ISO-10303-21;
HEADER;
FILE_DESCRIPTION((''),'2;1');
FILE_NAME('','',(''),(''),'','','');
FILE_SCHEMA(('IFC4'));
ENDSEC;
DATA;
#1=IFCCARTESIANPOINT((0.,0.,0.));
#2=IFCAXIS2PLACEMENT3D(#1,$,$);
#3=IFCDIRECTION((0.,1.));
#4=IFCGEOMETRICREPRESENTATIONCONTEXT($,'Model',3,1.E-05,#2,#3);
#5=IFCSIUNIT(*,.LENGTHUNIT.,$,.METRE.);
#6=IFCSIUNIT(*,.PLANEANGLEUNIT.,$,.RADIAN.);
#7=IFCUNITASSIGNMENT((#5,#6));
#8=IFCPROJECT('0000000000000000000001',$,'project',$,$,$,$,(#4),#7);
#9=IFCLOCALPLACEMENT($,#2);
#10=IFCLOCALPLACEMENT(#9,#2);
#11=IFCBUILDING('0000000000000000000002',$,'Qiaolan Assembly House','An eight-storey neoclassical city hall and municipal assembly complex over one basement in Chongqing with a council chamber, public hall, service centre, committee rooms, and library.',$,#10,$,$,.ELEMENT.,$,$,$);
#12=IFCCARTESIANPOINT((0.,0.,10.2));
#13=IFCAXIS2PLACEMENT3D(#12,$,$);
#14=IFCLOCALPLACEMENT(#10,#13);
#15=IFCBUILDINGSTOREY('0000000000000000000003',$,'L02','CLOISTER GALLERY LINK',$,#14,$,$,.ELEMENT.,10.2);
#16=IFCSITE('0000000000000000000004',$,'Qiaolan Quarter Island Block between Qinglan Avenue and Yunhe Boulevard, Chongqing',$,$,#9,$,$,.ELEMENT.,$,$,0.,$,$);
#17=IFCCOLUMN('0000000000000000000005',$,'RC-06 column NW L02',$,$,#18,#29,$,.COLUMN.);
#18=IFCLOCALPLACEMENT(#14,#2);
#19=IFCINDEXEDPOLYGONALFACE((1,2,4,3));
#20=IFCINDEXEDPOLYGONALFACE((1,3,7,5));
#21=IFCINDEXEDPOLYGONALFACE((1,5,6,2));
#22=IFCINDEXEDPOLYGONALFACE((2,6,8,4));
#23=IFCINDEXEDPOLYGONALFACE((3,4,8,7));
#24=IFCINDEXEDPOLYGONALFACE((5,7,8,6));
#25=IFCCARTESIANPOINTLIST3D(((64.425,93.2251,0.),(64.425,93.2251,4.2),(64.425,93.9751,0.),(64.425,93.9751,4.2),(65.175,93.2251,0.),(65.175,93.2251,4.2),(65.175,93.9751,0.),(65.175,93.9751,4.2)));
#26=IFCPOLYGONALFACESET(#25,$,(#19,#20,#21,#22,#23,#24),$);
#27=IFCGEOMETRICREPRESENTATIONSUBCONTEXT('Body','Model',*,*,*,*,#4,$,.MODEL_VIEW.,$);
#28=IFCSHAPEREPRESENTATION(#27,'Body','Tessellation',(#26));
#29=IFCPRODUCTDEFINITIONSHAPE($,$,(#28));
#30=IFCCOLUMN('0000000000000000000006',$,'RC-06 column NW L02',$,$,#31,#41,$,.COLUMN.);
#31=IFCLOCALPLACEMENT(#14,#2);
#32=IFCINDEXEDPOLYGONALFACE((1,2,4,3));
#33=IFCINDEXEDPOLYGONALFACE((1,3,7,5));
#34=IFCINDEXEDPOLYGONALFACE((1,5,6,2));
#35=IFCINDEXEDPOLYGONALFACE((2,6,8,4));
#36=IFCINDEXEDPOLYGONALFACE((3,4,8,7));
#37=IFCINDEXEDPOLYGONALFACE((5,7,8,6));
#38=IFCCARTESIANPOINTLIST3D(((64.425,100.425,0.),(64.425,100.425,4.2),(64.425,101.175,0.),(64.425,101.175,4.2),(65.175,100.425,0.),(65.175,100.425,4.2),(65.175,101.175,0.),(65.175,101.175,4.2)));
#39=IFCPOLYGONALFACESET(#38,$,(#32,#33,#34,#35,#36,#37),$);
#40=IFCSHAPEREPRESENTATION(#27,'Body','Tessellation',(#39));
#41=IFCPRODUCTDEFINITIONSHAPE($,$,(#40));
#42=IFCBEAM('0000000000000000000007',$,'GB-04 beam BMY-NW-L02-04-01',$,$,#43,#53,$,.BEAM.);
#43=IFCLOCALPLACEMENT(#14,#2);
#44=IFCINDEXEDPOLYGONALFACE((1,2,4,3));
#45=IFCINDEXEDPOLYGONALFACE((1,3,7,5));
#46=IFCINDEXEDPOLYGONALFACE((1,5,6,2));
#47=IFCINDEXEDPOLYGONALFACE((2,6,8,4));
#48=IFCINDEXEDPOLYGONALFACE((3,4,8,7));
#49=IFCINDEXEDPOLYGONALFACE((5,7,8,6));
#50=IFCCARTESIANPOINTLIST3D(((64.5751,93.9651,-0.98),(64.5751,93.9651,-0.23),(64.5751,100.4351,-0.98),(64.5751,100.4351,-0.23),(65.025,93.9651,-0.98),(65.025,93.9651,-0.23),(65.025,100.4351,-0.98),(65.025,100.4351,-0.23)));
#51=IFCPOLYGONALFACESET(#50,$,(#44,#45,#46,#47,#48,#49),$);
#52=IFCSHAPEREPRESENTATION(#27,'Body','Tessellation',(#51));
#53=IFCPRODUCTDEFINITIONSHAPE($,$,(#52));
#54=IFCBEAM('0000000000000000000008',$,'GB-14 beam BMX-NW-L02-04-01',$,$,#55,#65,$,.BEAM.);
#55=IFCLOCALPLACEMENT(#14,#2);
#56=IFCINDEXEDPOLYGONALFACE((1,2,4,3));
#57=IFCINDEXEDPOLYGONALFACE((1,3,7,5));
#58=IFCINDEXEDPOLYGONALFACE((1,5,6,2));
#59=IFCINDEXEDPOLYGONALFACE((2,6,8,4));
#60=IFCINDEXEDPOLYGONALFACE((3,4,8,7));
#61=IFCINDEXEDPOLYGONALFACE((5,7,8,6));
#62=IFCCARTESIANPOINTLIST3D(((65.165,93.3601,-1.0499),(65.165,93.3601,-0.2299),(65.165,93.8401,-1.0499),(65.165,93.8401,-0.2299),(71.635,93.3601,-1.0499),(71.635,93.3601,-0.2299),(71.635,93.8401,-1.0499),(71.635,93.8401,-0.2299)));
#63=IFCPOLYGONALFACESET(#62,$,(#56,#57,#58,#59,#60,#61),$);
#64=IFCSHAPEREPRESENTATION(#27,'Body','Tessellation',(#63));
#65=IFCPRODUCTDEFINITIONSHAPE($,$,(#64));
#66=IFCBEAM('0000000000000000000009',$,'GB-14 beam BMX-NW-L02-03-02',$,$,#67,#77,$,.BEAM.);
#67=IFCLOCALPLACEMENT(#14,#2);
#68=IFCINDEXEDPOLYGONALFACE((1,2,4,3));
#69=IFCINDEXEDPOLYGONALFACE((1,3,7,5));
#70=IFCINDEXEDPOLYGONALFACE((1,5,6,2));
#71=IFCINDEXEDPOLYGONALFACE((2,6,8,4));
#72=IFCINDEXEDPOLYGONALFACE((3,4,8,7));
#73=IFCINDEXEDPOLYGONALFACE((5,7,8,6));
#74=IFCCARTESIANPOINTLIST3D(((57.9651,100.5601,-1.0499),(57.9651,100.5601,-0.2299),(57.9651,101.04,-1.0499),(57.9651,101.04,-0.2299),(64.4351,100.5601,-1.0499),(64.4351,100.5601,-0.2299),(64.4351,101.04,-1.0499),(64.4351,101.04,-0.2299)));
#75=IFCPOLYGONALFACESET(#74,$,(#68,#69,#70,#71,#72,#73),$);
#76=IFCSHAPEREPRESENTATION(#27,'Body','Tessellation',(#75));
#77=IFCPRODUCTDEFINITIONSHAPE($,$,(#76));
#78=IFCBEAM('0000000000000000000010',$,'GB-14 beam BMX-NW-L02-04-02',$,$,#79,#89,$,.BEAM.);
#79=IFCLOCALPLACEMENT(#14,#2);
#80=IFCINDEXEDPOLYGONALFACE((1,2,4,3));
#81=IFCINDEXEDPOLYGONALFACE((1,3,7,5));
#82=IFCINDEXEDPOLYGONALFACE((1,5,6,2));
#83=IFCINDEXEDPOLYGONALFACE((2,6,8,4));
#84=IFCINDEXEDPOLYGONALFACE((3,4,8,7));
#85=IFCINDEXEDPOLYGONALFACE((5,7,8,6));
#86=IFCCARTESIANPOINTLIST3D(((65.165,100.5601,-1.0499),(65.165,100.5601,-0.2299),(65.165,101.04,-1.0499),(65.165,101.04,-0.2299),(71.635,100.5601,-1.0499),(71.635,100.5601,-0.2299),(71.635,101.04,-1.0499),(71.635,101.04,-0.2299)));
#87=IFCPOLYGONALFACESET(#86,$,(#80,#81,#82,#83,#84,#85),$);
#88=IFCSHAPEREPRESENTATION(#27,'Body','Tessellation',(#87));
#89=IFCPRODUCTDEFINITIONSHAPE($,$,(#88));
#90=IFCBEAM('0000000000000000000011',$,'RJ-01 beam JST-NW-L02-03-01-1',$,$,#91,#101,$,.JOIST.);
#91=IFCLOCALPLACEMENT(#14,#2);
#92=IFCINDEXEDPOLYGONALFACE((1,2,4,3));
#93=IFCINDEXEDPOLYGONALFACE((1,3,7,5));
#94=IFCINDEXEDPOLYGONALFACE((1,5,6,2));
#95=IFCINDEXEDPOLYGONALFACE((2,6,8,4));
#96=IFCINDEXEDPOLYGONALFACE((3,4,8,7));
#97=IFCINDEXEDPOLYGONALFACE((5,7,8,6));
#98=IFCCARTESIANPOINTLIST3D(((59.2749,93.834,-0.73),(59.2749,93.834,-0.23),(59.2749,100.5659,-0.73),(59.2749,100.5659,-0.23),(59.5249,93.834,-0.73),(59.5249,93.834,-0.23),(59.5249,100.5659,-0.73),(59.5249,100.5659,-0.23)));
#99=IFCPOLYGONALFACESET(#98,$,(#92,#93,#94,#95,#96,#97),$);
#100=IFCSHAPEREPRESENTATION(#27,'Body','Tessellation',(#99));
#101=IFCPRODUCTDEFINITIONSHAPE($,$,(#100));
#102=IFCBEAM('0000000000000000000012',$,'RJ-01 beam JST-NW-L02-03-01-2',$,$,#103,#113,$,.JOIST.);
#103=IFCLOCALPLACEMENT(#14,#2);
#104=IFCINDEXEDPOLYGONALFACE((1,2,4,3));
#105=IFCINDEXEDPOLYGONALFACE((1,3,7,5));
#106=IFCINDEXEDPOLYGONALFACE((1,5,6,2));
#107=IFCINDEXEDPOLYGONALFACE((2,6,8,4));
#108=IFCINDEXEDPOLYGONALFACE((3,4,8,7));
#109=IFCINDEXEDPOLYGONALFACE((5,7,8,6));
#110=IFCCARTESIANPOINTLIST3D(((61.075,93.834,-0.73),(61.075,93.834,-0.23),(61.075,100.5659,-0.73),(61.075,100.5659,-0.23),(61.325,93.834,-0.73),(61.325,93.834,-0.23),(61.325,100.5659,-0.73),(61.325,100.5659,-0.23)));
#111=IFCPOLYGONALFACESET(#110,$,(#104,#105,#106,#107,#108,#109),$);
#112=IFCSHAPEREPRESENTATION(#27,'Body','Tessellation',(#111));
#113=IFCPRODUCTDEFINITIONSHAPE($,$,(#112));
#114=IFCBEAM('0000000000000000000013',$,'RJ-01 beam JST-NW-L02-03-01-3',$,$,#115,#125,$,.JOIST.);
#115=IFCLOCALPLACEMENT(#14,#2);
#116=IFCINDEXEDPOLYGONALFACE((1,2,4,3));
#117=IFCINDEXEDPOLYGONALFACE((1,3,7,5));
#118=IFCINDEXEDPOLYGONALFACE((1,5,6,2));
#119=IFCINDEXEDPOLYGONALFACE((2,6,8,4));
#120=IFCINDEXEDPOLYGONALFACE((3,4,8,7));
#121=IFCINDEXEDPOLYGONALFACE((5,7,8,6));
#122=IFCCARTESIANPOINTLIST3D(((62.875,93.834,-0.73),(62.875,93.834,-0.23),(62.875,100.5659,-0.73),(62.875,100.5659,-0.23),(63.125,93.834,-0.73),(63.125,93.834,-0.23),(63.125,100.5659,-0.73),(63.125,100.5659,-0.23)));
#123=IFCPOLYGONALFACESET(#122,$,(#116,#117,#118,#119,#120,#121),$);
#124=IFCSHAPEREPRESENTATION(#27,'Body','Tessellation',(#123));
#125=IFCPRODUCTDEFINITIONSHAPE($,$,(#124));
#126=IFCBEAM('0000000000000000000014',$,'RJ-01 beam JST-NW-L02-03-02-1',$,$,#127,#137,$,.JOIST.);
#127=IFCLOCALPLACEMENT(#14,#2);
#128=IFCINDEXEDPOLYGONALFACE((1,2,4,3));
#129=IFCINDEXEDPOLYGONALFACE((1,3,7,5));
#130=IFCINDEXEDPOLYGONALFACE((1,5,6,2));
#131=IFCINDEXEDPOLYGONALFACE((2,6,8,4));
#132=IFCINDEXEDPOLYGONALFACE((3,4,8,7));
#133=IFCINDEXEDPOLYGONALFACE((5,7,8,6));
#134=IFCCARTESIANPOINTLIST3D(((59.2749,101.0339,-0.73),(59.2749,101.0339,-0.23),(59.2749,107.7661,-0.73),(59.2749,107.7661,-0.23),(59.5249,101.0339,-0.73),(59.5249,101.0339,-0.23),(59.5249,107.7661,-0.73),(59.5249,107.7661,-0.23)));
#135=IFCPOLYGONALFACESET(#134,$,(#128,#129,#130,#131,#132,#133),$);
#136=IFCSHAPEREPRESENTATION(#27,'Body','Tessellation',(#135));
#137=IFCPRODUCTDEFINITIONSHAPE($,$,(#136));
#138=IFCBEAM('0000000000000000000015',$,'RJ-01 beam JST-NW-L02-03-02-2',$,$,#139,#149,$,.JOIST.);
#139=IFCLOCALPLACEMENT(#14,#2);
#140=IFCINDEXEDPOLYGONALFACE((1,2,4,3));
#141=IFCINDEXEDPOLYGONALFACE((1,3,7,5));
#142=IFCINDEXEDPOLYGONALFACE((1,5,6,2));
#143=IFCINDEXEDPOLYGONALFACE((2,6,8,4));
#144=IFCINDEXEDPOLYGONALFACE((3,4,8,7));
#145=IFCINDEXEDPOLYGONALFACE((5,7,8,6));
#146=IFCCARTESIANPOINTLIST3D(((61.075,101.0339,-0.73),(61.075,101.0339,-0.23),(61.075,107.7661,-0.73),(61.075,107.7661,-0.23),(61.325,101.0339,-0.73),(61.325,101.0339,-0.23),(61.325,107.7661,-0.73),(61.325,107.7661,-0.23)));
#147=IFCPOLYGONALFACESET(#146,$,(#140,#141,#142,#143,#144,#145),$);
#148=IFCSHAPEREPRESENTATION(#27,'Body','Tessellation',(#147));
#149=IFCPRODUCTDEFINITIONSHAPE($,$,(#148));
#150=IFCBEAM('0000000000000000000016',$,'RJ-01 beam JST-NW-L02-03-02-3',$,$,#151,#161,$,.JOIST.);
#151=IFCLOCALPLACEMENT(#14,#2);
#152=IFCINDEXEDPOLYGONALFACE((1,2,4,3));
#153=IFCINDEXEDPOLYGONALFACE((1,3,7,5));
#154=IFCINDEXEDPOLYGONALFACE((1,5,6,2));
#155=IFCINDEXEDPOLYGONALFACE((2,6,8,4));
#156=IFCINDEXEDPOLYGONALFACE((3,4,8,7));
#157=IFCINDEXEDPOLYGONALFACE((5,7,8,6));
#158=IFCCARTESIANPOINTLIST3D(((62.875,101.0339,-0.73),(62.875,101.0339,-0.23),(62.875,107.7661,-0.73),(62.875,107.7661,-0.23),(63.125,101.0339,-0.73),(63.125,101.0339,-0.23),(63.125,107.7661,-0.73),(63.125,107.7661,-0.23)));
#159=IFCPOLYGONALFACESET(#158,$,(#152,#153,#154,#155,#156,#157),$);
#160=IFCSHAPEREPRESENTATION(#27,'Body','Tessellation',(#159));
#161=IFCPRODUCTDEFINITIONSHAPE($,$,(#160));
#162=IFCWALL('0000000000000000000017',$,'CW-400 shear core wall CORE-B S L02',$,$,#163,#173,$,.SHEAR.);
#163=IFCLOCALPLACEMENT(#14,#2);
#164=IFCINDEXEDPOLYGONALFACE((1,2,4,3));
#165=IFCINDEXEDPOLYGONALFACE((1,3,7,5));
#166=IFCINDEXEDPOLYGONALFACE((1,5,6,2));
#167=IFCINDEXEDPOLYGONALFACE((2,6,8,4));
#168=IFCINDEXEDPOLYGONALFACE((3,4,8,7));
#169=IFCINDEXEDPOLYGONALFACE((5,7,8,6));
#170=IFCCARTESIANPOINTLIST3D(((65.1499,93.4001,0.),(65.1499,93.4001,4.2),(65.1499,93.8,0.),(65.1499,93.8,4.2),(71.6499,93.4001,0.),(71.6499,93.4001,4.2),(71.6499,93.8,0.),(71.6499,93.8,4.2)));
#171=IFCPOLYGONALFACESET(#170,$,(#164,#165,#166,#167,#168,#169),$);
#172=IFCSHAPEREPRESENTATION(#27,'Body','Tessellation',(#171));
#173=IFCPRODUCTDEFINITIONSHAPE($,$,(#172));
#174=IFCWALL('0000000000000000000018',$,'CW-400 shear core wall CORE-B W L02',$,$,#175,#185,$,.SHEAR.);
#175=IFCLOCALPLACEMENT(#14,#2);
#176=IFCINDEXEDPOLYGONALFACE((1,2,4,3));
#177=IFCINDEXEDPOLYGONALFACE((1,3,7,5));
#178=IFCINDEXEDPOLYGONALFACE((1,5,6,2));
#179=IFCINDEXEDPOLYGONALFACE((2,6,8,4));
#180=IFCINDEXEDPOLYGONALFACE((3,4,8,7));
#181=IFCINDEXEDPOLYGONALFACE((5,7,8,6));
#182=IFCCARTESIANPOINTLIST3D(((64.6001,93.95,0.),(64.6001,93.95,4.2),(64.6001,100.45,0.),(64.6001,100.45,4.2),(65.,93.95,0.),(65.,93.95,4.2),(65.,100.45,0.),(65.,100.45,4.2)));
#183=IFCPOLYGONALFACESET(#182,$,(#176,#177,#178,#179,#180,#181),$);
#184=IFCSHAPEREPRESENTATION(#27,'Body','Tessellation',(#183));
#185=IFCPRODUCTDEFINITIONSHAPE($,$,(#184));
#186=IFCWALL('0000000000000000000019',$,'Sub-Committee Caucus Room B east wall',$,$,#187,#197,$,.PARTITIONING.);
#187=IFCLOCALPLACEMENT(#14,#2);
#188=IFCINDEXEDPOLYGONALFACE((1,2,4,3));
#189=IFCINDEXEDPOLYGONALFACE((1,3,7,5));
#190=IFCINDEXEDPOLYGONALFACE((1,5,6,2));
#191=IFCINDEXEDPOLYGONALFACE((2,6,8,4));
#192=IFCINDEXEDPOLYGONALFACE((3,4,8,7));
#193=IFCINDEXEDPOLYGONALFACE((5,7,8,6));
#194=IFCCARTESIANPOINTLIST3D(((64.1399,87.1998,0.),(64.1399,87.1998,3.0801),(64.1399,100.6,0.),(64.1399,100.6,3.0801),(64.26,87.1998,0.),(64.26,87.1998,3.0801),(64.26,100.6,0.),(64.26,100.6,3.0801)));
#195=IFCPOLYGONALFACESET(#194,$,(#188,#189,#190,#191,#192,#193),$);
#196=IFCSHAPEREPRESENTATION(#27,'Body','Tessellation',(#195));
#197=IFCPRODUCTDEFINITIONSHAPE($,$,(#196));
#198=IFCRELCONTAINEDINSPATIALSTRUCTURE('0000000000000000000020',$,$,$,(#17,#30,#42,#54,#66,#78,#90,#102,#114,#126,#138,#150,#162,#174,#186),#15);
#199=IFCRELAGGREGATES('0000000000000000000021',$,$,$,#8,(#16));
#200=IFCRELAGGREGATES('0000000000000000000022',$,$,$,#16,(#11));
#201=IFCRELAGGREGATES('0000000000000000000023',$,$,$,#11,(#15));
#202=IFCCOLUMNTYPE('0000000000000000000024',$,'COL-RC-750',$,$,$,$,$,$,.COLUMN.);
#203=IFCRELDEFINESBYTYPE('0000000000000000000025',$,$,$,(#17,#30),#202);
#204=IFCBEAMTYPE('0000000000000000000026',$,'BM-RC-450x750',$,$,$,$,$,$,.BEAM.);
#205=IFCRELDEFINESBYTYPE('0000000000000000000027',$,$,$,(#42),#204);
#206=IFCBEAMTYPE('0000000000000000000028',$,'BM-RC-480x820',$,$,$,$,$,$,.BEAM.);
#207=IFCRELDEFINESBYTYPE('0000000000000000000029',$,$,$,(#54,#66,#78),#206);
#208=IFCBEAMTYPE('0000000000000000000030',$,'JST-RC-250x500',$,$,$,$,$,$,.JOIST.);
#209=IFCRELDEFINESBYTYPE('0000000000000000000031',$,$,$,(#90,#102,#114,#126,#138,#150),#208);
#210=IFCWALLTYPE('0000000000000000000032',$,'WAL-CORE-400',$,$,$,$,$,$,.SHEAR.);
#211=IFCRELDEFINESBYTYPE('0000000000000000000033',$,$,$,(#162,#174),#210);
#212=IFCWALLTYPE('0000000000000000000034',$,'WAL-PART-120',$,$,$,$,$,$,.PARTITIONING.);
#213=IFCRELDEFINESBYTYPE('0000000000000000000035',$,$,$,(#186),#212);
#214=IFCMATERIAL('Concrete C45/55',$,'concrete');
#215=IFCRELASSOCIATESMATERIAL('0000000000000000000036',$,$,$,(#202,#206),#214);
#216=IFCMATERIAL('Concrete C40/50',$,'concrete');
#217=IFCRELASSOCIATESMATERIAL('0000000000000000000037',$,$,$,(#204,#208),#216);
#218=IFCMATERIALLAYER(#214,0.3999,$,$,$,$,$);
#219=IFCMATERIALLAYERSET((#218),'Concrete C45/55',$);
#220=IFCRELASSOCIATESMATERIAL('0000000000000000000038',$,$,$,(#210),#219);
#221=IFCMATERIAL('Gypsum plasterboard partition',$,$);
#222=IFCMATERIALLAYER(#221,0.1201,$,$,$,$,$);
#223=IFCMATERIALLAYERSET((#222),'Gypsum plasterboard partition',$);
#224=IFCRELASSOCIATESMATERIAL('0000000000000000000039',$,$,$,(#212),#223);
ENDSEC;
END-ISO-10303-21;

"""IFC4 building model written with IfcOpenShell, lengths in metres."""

from ifc_helpers import new_model, si_unit, direction, frame, frame_2d, origin, origin_2d, place, context, subcontext, project, spatial, rectangle, extrude, material, layer, layer_set, material_profile, profile_set, type_object, element, save


model = new_model("IFC4")

# Units and contexts
model_context = context("Model", 3, precision=1e-05, world=origin(), true_north=direction((0.0, 1.0)))
body_context = subcontext(model_context, "Body", "Model", "MODEL_VIEW")
ifc_project = project(units=[si_unit("LENGTHUNIT", "METRE"), si_unit("PLANEANGLEUNIT", "RADIAN")], contexts=[model_context])

# Site, building, storey
site_placement = place(None, origin())
site = spatial("IfcSite", under=ifc_project, at=site_placement, Name="Qiaolan Quarter Island Block between Qinglan Avenue and Yunhe Boulevard, Chongqing", CompositionType="ELEMENT", RefElevation=0.0)
building_placement = place(site_placement, origin())
building = spatial("IfcBuilding", under=site, at=building_placement, Name="Qiaolan Assembly House", Description="An eight-storey neoclassical city hall and municipal assembly complex over one basement in Chongqing with a council chamber, public hall, service centre, committee rooms, and library.", CompositionType="ELEMENT")
storey_placement = place(building_placement, frame((0.0, 0.0, 10.2)))
storey = spatial("IfcBuildingStorey", under=building, at=storey_placement, Name="L02", Description="CLOISTER GALLERY LINK", CompositionType="ELEMENT", Elevation=10.2)

# Columns
ifc_material_1 = material(Name="Concrete C45/55", Category="concrete")
ifc_material_profile_1 = material_profile(ifc_material_1, rectangle(XDim=0.75, YDim=0.75, at=origin_2d()), Name="RC 750x750")
ifc_profile_set_1 = profile_set([ifc_material_profile_1], Name="Concrete C45/55")
column_type = type_object("IfcColumnType", Name="COL-RC-750", PredefinedType="COLUMN", material=ifc_profile_set_1)
for number, where, z_axis, x_axis, name in (
    (1, (64.8, 93.6001, 0.0), (0.0, 0.0, 1.0), (1.0, 0.0, 0.0), "RC-06 column NW L02"),
    (2, (64.8, 100.8, 0.0), (0.0, 0.0, 1.0), (1.0, 0.0, 0.0), "RC-06 column NW L02"),
):
    element("IfcColumn", number, at=place(storey_placement, frame(where, z_axis=z_axis, x_axis=x_axis)), inside=storey, type_object=column_type, Name=name, PredefinedType="COLUMN", context=body_context, shape_type="SweptSolid", body=[
        extrude(rectangle(XDim=0.75, YDim=0.75, at=origin_2d()), origin(), (0.0, 0.0, 1.0), 4.2),
    ])

# Beams
ifc_material_2 = material(Name="Concrete C40/50", Category="concrete")
ifc_material_profile_2 = material_profile(ifc_material_2, rectangle(XDim=0.45, YDim=0.75, at=origin_2d()), Name="RCB 450x750")
ifc_profile_set_2 = profile_set([ifc_material_profile_2], Name="Concrete C40/50")
beam_type_1 = type_object("IfcBeamType", Name="BM-RC-450x750", PredefinedType="BEAM", material=ifc_profile_set_2)
beam_placement = place(storey_placement, frame((64.8, 93.9651, -0.605), z_axis=(0.0, 1.0, 0.0), x_axis=(-1.0, 0.0, 0.0)))
element("IfcBeam", 3, at=beam_placement, inside=storey, type_object=beam_type_1, Name="GB-04 beam BMY-NW-L02-04-01", PredefinedType="BEAM", context=body_context, shape_type="SweptSolid", body=[
    extrude(rectangle(XDim=0.45, YDim=0.75, at=origin_2d()), origin(), (0.0, 0.0, 1.0), 6.47),
])
ifc_material_profile_3 = material_profile(ifc_material_1, rectangle(XDim=0.48, YDim=0.8201, at=origin_2d()), Name="RCB 480x820")
ifc_profile_set_3 = profile_set([ifc_material_profile_3], Name="Concrete C45/55")
beam_type_2 = type_object("IfcBeamType", Name="BM-RC-480x820", PredefinedType="BEAM", material=ifc_profile_set_3)
for number, where, z_axis, x_axis, name in (
    (4, (65.165, 93.6001, -0.6399), (1.0, 0.0, 0.0), (0.0, 1.0, 0.0), "GB-14 beam BMX-NW-L02-04-01"),
    (5, (57.9651, 100.8, -0.6399), (1.0, 0.0, 0.0), (0.0, 1.0, 0.0), "GB-14 beam BMX-NW-L02-03-02"),
    (6, (65.165, 100.8, -0.6399), (1.0, 0.0, 0.0), (0.0, 1.0, 0.0), "GB-14 beam BMX-NW-L02-04-02"),
):
    element("IfcBeam", number, at=place(storey_placement, frame(where, z_axis=z_axis, x_axis=x_axis)), inside=storey, type_object=beam_type_2, Name=name, PredefinedType="BEAM", context=body_context, shape_type="SweptSolid", body=[
        extrude(rectangle(XDim=0.48, YDim=0.8201, at=origin_2d()), origin(), (0.0, 0.0, 1.0), 6.47),
    ])
ifc_material_profile_4 = material_profile(ifc_material_2, rectangle(XDim=0.25, YDim=0.5, at=origin_2d()), Name="RCB 250x500")
ifc_profile_set_4 = profile_set([ifc_material_profile_4], Name="Concrete C40/50")
beam_type_3 = type_object("IfcBeamType", Name="JST-RC-250x500", PredefinedType="JOIST", material=ifc_profile_set_4)
for number, where, z_axis, x_axis, name in (
    (7, (59.3999, 93.834, -0.48), (0.0, 1.0, 0.0), (-1.0, 0.0, 0.0), "RJ-01 beam JST-NW-L02-03-01-1"),
    (8, (61.2, 93.834, -0.48), (0.0, 1.0, 0.0), (-1.0, 0.0, 0.0), "RJ-01 beam JST-NW-L02-03-01-2"),
    (9, (63.0, 93.834, -0.48), (0.0, 1.0, 0.0), (-1.0, 0.0, 0.0), "RJ-01 beam JST-NW-L02-03-01-3"),
):
    element("IfcBeam", number, at=place(storey_placement, frame(where, z_axis=z_axis, x_axis=x_axis)), inside=storey, type_object=beam_type_3, Name=name, PredefinedType="JOIST", context=body_context, shape_type="SweptSolid", body=[
        extrude(rectangle(XDim=0.25, YDim=0.5, at=origin_2d()), origin(), (0.0, 0.0, 1.0), 6.7319),
    ])
for number, where, z_axis, x_axis, name in (
    (10, (59.3999, 101.0339, -0.48), (0.0, 1.0, 0.0), (-1.0, 0.0, 0.0), "RJ-01 beam JST-NW-L02-03-02-1"),
    (11, (61.2, 101.0339, -0.48), (0.0, 1.0, 0.0), (-1.0, 0.0, 0.0), "RJ-01 beam JST-NW-L02-03-02-2"),
    (12, (63.0, 101.0339, -0.48), (0.0, 1.0, 0.0), (-1.0, 0.0, 0.0), "RJ-01 beam JST-NW-L02-03-02-3"),
):
    element("IfcBeam", number, at=place(storey_placement, frame(where, z_axis=z_axis, x_axis=x_axis)), inside=storey, type_object=beam_type_3, Name=name, PredefinedType="JOIST", context=body_context, shape_type="SweptSolid", body=[
        extrude(rectangle(XDim=0.25, YDim=0.5, at=origin_2d()), origin(), (0.0, 0.0, 1.0), 6.7322),
    ])

# Walls
ifc_layer_1 = layer(ifc_material_1, 0.3999)
ifc_layer_set_1 = layer_set([ifc_layer_1], Name="Concrete C45/55")
wall_type_1 = type_object("IfcWallType", Name="WAL-CORE-400", PredefinedType="SHEAR", material=ifc_layer_set_1)
for number, where, z_axis, x_axis, name in (
    (13, (65.1499, 93.6001, 0.0), (0.0, 0.0, 1.0), (1.0, 0.0, 0.0), "CW-400 shear core wall CORE-B S L02"),
    (14, (64.8, 100.45, 0.0), (0.0, 0.0, 1.0), (0.0, -1.0, 0.0), "CW-400 shear core wall CORE-B W L02"),
):
    element("IfcWall", number, at=place(storey_placement, frame(where, z_axis=z_axis, x_axis=x_axis)), inside=storey, type_object=wall_type_1, Name=name, PredefinedType="SHEAR", context=body_context, shape_type="SweptSolid", body=[
        extrude(rectangle(XDim=6.5, YDim=0.3999, at=frame_2d((3.25, 0.0))), origin(), (0.0, 0.0, 1.0), 4.2),
    ])
ifc_material_3 = material(Name="Gypsum plasterboard partition")
ifc_layer_2 = layer(ifc_material_3, 0.1201)
ifc_layer_set_2 = layer_set([ifc_layer_2], Name="Gypsum plasterboard partition")
wall_type_2 = type_object("IfcWallType", Name="WAL-PART-120", PredefinedType="PARTITIONING", material=ifc_layer_set_2)
wall_1_placement = place(storey_placement, frame((64.2, 100.6001, 0.0), z_axis=(0.0, 0.0, 1.0), x_axis=(0.0, -1.0, 0.0)))
element("IfcWall", 15, at=wall_1_placement, inside=storey, type_object=wall_type_2, Name="Sub-Committee Caucus Room B east wall", PredefinedType="PARTITIONING", context=body_context, shape_type="SweptSolid", body=[
    extrude(rectangle(XDim=13.4001, YDim=0.1201, at=frame_2d((6.7002, 0.0))), origin(), (0.0, 0.0, 1.0), 3.0801),
])

save(model, "model.ifc")
